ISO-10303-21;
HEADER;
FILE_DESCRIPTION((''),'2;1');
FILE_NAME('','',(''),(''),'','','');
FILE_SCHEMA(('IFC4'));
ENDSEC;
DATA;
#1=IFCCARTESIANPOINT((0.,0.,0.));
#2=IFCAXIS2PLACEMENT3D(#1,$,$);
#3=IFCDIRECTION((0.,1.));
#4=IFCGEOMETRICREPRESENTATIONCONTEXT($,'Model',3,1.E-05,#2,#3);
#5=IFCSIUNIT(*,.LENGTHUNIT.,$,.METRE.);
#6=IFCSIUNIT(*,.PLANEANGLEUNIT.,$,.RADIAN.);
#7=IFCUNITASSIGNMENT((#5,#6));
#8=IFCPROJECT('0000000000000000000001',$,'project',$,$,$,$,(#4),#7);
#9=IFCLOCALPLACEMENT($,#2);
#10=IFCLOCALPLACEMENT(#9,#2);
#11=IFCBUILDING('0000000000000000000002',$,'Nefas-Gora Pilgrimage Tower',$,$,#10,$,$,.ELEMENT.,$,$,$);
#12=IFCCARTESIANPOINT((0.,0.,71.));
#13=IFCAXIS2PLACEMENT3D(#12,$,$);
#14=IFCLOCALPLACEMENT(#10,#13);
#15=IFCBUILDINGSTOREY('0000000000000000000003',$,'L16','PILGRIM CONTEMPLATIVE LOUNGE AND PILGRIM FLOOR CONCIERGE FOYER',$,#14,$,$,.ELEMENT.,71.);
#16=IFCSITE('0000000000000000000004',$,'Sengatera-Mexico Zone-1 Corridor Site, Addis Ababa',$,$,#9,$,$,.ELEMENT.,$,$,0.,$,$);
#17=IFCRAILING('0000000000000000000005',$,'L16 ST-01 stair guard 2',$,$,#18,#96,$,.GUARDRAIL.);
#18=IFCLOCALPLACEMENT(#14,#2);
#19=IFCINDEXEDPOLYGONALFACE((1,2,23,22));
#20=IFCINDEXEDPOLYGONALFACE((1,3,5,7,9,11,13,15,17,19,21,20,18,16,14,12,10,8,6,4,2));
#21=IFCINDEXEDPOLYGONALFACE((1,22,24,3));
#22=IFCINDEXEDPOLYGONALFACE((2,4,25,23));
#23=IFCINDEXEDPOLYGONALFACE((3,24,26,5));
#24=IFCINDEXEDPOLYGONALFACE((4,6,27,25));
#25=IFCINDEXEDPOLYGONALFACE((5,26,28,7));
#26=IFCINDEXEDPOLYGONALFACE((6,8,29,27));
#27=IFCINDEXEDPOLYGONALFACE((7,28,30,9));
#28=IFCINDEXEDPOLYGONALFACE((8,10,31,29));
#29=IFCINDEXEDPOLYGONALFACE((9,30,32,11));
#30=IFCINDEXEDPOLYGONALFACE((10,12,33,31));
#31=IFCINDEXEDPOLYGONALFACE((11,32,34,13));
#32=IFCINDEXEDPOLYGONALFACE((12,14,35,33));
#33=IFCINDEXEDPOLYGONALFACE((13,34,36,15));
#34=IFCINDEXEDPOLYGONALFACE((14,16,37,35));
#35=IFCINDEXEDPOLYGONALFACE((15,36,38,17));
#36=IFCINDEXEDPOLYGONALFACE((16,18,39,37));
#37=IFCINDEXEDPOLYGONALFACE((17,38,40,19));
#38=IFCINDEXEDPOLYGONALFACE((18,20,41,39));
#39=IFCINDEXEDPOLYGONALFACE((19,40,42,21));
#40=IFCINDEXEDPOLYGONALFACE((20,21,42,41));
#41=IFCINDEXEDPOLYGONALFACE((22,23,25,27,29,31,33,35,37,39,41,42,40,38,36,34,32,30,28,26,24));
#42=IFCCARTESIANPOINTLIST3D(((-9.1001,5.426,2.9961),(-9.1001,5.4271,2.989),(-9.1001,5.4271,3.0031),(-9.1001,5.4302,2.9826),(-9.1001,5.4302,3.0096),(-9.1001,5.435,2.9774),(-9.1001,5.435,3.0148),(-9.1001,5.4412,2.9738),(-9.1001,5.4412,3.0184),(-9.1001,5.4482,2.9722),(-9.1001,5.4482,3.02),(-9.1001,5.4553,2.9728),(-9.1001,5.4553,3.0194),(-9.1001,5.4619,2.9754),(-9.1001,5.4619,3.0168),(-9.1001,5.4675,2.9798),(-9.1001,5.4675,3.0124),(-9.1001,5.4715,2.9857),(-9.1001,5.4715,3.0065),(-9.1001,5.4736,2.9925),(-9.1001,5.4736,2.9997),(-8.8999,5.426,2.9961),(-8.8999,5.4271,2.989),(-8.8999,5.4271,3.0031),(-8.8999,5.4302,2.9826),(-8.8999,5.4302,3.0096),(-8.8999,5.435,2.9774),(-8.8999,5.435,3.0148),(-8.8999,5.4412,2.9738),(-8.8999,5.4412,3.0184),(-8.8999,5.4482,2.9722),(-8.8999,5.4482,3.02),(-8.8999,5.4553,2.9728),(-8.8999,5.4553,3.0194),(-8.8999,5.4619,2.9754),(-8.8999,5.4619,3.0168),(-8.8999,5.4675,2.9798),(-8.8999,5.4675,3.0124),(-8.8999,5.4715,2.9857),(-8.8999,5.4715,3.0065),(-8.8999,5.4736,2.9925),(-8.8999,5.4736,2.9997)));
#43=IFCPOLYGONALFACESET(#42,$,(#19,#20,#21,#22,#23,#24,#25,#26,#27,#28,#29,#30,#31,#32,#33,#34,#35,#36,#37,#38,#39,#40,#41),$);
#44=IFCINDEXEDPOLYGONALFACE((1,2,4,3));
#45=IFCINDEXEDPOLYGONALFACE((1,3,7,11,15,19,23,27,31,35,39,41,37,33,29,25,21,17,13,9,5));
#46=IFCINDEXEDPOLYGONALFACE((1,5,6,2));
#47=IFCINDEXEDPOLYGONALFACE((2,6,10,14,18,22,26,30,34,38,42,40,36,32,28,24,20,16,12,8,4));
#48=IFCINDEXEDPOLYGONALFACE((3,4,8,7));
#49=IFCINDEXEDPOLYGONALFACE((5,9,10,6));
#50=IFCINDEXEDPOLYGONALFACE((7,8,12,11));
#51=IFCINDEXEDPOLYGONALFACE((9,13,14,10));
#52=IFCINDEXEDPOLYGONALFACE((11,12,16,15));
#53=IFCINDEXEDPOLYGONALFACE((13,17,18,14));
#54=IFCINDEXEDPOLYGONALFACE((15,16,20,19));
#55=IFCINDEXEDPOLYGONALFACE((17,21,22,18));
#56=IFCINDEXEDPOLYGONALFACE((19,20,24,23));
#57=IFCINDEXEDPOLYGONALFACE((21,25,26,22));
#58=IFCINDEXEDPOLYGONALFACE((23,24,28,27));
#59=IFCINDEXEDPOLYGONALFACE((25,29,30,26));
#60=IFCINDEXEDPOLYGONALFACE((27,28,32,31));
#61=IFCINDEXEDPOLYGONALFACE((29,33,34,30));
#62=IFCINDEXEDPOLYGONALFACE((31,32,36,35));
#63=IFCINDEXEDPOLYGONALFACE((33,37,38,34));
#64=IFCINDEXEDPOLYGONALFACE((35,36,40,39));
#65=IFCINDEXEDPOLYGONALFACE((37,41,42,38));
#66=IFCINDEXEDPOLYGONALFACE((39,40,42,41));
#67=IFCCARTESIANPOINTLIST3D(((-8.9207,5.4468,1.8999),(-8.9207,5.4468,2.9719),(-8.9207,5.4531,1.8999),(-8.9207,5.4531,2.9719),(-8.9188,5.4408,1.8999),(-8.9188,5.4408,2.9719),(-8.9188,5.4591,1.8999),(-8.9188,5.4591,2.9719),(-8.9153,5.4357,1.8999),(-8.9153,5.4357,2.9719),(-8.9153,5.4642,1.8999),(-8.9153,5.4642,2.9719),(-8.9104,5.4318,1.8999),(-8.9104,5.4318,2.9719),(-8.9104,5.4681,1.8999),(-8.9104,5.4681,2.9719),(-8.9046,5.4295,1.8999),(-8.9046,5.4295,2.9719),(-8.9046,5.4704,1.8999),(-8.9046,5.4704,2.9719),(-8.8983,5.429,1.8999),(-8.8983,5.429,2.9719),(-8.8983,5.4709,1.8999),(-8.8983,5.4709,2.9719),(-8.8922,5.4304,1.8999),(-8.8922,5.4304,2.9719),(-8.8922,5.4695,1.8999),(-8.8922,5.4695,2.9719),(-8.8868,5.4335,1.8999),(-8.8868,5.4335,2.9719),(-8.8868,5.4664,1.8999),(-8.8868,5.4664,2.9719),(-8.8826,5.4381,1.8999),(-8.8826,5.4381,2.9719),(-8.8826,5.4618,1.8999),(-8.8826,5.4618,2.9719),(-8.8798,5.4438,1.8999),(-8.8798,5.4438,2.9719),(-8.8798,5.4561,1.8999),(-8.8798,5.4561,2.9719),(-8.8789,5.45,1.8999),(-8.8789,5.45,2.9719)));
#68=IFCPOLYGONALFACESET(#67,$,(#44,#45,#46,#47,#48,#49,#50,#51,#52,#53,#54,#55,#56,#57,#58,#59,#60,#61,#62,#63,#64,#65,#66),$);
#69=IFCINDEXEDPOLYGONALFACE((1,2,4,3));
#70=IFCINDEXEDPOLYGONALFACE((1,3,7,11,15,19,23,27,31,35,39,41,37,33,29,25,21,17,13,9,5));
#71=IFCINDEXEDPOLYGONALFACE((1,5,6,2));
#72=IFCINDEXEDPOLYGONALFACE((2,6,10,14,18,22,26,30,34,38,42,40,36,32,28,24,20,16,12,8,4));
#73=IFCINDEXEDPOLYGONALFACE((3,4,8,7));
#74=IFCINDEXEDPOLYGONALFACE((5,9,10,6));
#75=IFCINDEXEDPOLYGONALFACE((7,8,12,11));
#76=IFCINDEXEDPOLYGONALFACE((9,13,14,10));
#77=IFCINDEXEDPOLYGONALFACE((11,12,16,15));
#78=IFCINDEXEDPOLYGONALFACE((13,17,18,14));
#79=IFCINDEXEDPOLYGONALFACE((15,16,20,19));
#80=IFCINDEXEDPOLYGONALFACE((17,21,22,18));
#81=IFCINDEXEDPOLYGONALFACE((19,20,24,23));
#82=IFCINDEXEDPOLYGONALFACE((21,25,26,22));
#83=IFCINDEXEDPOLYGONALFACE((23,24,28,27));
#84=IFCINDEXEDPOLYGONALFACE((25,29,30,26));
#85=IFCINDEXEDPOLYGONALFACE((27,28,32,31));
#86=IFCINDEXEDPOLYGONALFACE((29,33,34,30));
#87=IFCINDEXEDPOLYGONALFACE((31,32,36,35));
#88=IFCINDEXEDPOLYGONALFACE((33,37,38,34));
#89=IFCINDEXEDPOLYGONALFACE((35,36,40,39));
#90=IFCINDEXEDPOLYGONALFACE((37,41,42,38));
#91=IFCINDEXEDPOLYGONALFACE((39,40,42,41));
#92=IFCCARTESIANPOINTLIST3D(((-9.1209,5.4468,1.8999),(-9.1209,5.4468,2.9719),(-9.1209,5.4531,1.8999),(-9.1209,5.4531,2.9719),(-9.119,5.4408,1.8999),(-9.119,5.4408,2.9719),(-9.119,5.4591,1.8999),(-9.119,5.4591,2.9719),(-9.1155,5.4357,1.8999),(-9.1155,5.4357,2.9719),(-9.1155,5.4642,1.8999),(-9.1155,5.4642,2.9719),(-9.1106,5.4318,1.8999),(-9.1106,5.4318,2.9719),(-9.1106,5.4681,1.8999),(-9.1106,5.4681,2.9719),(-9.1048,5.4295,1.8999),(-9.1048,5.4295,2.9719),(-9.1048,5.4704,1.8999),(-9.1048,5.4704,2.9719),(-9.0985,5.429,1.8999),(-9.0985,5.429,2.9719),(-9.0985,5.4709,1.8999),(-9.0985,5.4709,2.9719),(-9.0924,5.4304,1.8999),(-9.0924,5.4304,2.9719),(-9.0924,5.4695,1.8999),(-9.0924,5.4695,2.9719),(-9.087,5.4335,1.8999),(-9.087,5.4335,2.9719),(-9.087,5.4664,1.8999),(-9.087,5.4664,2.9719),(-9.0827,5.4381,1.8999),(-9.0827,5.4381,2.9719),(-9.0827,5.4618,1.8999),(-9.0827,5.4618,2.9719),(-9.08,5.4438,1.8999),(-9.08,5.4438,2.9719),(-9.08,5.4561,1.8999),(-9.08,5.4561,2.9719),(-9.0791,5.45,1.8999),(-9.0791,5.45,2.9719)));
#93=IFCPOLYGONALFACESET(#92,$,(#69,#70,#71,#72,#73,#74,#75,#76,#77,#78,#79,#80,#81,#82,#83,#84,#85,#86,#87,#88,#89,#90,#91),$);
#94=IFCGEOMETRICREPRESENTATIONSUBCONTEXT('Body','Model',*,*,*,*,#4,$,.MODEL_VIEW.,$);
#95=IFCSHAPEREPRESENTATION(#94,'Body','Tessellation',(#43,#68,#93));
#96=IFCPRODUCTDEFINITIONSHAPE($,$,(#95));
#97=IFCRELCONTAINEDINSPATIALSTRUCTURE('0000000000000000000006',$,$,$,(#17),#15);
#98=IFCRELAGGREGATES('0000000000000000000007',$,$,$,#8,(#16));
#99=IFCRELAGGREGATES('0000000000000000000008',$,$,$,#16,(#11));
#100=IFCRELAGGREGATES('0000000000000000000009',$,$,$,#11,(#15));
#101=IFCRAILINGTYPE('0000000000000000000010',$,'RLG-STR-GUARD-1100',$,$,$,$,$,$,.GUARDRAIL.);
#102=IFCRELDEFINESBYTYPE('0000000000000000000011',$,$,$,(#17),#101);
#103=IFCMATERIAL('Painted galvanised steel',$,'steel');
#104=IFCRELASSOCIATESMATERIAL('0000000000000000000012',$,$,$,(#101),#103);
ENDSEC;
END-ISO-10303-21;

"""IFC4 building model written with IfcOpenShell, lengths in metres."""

from ifc_helpers import new_model, si_unit, direction, frame, origin, origin_2d, place, context, subcontext, project, spatial, circle, extrude, material, type_object, element, save


model = new_model("IFC4")

# Units and contexts
model_context = context("Model", 3, precision=1e-05, world=origin(), true_north=direction((0.0, 1.0)))
body_context = subcontext(model_context, "Body", "Model", "MODEL_VIEW")
ifc_project = project(units=[si_unit("LENGTHUNIT", "METRE"), si_unit("PLANEANGLEUNIT", "RADIAN")], contexts=[model_context])

# Site, building, storey
site_placement = place(None, origin())
site = spatial("IfcSite", under=ifc_project, at=site_placement, Name="Sengatera-Mexico Zone-1 Corridor Site, Addis Ababa", CompositionType="ELEMENT", RefElevation=0.0)
building_placement = place(site_placement, origin())
building = spatial("IfcBuilding", under=site, at=building_placement, Name="Nefas-Gora Pilgrimage Tower", CompositionType="ELEMENT")
storey_placement = place(building_placement, frame((0.0, 0.0, 71.0)))
storey = spatial("IfcBuildingStorey", under=building, at=storey_placement, Name="L16", Description="PILGRIM CONTEMPLATIVE LOUNGE AND PILGRIM FLOOR CONCIERGE FOYER", CompositionType="ELEMENT", Elevation=71.0)

# Railing
ifc_material_1 = material(Name="Painted galvanised steel", Category="steel")
railing_type_1 = type_object("IfcRailingType", Name="RLG-STR-GUARD-1100", PredefinedType="GUARDRAIL", material=ifc_material_1)
railing_1_placement = place(storey_placement, frame((-8.8999, 5.45, 1.8999)))
element("IfcRailing", 1, at=railing_1_placement, inside=storey, type_object=railing_type_1, Name="L16 ST-01 stair guard 2", PredefinedType="GUARDRAIL", context=body_context, shape_type="SweptSolid", body=[
    extrude(circle(Radius=0.0239, at=origin_2d()), frame((0.0, 0.0, 1.0962), z_axis=(-1.0, 0.0, 0.0), x_axis=(0.0, -1.0, 0.0)), (0.0, 0.0, 1.0), 0.2002),
    extrude(circle(Radius=0.021, at=origin_2d()), origin(), (0.0, 0.0, 1.0), 1.072),
    extrude(circle(Radius=0.021, at=origin_2d()), frame((-0.2002, 0.0, 0.0)), (0.0, 0.0, 1.0), 1.072),
])

save(model, "model.ifc")
